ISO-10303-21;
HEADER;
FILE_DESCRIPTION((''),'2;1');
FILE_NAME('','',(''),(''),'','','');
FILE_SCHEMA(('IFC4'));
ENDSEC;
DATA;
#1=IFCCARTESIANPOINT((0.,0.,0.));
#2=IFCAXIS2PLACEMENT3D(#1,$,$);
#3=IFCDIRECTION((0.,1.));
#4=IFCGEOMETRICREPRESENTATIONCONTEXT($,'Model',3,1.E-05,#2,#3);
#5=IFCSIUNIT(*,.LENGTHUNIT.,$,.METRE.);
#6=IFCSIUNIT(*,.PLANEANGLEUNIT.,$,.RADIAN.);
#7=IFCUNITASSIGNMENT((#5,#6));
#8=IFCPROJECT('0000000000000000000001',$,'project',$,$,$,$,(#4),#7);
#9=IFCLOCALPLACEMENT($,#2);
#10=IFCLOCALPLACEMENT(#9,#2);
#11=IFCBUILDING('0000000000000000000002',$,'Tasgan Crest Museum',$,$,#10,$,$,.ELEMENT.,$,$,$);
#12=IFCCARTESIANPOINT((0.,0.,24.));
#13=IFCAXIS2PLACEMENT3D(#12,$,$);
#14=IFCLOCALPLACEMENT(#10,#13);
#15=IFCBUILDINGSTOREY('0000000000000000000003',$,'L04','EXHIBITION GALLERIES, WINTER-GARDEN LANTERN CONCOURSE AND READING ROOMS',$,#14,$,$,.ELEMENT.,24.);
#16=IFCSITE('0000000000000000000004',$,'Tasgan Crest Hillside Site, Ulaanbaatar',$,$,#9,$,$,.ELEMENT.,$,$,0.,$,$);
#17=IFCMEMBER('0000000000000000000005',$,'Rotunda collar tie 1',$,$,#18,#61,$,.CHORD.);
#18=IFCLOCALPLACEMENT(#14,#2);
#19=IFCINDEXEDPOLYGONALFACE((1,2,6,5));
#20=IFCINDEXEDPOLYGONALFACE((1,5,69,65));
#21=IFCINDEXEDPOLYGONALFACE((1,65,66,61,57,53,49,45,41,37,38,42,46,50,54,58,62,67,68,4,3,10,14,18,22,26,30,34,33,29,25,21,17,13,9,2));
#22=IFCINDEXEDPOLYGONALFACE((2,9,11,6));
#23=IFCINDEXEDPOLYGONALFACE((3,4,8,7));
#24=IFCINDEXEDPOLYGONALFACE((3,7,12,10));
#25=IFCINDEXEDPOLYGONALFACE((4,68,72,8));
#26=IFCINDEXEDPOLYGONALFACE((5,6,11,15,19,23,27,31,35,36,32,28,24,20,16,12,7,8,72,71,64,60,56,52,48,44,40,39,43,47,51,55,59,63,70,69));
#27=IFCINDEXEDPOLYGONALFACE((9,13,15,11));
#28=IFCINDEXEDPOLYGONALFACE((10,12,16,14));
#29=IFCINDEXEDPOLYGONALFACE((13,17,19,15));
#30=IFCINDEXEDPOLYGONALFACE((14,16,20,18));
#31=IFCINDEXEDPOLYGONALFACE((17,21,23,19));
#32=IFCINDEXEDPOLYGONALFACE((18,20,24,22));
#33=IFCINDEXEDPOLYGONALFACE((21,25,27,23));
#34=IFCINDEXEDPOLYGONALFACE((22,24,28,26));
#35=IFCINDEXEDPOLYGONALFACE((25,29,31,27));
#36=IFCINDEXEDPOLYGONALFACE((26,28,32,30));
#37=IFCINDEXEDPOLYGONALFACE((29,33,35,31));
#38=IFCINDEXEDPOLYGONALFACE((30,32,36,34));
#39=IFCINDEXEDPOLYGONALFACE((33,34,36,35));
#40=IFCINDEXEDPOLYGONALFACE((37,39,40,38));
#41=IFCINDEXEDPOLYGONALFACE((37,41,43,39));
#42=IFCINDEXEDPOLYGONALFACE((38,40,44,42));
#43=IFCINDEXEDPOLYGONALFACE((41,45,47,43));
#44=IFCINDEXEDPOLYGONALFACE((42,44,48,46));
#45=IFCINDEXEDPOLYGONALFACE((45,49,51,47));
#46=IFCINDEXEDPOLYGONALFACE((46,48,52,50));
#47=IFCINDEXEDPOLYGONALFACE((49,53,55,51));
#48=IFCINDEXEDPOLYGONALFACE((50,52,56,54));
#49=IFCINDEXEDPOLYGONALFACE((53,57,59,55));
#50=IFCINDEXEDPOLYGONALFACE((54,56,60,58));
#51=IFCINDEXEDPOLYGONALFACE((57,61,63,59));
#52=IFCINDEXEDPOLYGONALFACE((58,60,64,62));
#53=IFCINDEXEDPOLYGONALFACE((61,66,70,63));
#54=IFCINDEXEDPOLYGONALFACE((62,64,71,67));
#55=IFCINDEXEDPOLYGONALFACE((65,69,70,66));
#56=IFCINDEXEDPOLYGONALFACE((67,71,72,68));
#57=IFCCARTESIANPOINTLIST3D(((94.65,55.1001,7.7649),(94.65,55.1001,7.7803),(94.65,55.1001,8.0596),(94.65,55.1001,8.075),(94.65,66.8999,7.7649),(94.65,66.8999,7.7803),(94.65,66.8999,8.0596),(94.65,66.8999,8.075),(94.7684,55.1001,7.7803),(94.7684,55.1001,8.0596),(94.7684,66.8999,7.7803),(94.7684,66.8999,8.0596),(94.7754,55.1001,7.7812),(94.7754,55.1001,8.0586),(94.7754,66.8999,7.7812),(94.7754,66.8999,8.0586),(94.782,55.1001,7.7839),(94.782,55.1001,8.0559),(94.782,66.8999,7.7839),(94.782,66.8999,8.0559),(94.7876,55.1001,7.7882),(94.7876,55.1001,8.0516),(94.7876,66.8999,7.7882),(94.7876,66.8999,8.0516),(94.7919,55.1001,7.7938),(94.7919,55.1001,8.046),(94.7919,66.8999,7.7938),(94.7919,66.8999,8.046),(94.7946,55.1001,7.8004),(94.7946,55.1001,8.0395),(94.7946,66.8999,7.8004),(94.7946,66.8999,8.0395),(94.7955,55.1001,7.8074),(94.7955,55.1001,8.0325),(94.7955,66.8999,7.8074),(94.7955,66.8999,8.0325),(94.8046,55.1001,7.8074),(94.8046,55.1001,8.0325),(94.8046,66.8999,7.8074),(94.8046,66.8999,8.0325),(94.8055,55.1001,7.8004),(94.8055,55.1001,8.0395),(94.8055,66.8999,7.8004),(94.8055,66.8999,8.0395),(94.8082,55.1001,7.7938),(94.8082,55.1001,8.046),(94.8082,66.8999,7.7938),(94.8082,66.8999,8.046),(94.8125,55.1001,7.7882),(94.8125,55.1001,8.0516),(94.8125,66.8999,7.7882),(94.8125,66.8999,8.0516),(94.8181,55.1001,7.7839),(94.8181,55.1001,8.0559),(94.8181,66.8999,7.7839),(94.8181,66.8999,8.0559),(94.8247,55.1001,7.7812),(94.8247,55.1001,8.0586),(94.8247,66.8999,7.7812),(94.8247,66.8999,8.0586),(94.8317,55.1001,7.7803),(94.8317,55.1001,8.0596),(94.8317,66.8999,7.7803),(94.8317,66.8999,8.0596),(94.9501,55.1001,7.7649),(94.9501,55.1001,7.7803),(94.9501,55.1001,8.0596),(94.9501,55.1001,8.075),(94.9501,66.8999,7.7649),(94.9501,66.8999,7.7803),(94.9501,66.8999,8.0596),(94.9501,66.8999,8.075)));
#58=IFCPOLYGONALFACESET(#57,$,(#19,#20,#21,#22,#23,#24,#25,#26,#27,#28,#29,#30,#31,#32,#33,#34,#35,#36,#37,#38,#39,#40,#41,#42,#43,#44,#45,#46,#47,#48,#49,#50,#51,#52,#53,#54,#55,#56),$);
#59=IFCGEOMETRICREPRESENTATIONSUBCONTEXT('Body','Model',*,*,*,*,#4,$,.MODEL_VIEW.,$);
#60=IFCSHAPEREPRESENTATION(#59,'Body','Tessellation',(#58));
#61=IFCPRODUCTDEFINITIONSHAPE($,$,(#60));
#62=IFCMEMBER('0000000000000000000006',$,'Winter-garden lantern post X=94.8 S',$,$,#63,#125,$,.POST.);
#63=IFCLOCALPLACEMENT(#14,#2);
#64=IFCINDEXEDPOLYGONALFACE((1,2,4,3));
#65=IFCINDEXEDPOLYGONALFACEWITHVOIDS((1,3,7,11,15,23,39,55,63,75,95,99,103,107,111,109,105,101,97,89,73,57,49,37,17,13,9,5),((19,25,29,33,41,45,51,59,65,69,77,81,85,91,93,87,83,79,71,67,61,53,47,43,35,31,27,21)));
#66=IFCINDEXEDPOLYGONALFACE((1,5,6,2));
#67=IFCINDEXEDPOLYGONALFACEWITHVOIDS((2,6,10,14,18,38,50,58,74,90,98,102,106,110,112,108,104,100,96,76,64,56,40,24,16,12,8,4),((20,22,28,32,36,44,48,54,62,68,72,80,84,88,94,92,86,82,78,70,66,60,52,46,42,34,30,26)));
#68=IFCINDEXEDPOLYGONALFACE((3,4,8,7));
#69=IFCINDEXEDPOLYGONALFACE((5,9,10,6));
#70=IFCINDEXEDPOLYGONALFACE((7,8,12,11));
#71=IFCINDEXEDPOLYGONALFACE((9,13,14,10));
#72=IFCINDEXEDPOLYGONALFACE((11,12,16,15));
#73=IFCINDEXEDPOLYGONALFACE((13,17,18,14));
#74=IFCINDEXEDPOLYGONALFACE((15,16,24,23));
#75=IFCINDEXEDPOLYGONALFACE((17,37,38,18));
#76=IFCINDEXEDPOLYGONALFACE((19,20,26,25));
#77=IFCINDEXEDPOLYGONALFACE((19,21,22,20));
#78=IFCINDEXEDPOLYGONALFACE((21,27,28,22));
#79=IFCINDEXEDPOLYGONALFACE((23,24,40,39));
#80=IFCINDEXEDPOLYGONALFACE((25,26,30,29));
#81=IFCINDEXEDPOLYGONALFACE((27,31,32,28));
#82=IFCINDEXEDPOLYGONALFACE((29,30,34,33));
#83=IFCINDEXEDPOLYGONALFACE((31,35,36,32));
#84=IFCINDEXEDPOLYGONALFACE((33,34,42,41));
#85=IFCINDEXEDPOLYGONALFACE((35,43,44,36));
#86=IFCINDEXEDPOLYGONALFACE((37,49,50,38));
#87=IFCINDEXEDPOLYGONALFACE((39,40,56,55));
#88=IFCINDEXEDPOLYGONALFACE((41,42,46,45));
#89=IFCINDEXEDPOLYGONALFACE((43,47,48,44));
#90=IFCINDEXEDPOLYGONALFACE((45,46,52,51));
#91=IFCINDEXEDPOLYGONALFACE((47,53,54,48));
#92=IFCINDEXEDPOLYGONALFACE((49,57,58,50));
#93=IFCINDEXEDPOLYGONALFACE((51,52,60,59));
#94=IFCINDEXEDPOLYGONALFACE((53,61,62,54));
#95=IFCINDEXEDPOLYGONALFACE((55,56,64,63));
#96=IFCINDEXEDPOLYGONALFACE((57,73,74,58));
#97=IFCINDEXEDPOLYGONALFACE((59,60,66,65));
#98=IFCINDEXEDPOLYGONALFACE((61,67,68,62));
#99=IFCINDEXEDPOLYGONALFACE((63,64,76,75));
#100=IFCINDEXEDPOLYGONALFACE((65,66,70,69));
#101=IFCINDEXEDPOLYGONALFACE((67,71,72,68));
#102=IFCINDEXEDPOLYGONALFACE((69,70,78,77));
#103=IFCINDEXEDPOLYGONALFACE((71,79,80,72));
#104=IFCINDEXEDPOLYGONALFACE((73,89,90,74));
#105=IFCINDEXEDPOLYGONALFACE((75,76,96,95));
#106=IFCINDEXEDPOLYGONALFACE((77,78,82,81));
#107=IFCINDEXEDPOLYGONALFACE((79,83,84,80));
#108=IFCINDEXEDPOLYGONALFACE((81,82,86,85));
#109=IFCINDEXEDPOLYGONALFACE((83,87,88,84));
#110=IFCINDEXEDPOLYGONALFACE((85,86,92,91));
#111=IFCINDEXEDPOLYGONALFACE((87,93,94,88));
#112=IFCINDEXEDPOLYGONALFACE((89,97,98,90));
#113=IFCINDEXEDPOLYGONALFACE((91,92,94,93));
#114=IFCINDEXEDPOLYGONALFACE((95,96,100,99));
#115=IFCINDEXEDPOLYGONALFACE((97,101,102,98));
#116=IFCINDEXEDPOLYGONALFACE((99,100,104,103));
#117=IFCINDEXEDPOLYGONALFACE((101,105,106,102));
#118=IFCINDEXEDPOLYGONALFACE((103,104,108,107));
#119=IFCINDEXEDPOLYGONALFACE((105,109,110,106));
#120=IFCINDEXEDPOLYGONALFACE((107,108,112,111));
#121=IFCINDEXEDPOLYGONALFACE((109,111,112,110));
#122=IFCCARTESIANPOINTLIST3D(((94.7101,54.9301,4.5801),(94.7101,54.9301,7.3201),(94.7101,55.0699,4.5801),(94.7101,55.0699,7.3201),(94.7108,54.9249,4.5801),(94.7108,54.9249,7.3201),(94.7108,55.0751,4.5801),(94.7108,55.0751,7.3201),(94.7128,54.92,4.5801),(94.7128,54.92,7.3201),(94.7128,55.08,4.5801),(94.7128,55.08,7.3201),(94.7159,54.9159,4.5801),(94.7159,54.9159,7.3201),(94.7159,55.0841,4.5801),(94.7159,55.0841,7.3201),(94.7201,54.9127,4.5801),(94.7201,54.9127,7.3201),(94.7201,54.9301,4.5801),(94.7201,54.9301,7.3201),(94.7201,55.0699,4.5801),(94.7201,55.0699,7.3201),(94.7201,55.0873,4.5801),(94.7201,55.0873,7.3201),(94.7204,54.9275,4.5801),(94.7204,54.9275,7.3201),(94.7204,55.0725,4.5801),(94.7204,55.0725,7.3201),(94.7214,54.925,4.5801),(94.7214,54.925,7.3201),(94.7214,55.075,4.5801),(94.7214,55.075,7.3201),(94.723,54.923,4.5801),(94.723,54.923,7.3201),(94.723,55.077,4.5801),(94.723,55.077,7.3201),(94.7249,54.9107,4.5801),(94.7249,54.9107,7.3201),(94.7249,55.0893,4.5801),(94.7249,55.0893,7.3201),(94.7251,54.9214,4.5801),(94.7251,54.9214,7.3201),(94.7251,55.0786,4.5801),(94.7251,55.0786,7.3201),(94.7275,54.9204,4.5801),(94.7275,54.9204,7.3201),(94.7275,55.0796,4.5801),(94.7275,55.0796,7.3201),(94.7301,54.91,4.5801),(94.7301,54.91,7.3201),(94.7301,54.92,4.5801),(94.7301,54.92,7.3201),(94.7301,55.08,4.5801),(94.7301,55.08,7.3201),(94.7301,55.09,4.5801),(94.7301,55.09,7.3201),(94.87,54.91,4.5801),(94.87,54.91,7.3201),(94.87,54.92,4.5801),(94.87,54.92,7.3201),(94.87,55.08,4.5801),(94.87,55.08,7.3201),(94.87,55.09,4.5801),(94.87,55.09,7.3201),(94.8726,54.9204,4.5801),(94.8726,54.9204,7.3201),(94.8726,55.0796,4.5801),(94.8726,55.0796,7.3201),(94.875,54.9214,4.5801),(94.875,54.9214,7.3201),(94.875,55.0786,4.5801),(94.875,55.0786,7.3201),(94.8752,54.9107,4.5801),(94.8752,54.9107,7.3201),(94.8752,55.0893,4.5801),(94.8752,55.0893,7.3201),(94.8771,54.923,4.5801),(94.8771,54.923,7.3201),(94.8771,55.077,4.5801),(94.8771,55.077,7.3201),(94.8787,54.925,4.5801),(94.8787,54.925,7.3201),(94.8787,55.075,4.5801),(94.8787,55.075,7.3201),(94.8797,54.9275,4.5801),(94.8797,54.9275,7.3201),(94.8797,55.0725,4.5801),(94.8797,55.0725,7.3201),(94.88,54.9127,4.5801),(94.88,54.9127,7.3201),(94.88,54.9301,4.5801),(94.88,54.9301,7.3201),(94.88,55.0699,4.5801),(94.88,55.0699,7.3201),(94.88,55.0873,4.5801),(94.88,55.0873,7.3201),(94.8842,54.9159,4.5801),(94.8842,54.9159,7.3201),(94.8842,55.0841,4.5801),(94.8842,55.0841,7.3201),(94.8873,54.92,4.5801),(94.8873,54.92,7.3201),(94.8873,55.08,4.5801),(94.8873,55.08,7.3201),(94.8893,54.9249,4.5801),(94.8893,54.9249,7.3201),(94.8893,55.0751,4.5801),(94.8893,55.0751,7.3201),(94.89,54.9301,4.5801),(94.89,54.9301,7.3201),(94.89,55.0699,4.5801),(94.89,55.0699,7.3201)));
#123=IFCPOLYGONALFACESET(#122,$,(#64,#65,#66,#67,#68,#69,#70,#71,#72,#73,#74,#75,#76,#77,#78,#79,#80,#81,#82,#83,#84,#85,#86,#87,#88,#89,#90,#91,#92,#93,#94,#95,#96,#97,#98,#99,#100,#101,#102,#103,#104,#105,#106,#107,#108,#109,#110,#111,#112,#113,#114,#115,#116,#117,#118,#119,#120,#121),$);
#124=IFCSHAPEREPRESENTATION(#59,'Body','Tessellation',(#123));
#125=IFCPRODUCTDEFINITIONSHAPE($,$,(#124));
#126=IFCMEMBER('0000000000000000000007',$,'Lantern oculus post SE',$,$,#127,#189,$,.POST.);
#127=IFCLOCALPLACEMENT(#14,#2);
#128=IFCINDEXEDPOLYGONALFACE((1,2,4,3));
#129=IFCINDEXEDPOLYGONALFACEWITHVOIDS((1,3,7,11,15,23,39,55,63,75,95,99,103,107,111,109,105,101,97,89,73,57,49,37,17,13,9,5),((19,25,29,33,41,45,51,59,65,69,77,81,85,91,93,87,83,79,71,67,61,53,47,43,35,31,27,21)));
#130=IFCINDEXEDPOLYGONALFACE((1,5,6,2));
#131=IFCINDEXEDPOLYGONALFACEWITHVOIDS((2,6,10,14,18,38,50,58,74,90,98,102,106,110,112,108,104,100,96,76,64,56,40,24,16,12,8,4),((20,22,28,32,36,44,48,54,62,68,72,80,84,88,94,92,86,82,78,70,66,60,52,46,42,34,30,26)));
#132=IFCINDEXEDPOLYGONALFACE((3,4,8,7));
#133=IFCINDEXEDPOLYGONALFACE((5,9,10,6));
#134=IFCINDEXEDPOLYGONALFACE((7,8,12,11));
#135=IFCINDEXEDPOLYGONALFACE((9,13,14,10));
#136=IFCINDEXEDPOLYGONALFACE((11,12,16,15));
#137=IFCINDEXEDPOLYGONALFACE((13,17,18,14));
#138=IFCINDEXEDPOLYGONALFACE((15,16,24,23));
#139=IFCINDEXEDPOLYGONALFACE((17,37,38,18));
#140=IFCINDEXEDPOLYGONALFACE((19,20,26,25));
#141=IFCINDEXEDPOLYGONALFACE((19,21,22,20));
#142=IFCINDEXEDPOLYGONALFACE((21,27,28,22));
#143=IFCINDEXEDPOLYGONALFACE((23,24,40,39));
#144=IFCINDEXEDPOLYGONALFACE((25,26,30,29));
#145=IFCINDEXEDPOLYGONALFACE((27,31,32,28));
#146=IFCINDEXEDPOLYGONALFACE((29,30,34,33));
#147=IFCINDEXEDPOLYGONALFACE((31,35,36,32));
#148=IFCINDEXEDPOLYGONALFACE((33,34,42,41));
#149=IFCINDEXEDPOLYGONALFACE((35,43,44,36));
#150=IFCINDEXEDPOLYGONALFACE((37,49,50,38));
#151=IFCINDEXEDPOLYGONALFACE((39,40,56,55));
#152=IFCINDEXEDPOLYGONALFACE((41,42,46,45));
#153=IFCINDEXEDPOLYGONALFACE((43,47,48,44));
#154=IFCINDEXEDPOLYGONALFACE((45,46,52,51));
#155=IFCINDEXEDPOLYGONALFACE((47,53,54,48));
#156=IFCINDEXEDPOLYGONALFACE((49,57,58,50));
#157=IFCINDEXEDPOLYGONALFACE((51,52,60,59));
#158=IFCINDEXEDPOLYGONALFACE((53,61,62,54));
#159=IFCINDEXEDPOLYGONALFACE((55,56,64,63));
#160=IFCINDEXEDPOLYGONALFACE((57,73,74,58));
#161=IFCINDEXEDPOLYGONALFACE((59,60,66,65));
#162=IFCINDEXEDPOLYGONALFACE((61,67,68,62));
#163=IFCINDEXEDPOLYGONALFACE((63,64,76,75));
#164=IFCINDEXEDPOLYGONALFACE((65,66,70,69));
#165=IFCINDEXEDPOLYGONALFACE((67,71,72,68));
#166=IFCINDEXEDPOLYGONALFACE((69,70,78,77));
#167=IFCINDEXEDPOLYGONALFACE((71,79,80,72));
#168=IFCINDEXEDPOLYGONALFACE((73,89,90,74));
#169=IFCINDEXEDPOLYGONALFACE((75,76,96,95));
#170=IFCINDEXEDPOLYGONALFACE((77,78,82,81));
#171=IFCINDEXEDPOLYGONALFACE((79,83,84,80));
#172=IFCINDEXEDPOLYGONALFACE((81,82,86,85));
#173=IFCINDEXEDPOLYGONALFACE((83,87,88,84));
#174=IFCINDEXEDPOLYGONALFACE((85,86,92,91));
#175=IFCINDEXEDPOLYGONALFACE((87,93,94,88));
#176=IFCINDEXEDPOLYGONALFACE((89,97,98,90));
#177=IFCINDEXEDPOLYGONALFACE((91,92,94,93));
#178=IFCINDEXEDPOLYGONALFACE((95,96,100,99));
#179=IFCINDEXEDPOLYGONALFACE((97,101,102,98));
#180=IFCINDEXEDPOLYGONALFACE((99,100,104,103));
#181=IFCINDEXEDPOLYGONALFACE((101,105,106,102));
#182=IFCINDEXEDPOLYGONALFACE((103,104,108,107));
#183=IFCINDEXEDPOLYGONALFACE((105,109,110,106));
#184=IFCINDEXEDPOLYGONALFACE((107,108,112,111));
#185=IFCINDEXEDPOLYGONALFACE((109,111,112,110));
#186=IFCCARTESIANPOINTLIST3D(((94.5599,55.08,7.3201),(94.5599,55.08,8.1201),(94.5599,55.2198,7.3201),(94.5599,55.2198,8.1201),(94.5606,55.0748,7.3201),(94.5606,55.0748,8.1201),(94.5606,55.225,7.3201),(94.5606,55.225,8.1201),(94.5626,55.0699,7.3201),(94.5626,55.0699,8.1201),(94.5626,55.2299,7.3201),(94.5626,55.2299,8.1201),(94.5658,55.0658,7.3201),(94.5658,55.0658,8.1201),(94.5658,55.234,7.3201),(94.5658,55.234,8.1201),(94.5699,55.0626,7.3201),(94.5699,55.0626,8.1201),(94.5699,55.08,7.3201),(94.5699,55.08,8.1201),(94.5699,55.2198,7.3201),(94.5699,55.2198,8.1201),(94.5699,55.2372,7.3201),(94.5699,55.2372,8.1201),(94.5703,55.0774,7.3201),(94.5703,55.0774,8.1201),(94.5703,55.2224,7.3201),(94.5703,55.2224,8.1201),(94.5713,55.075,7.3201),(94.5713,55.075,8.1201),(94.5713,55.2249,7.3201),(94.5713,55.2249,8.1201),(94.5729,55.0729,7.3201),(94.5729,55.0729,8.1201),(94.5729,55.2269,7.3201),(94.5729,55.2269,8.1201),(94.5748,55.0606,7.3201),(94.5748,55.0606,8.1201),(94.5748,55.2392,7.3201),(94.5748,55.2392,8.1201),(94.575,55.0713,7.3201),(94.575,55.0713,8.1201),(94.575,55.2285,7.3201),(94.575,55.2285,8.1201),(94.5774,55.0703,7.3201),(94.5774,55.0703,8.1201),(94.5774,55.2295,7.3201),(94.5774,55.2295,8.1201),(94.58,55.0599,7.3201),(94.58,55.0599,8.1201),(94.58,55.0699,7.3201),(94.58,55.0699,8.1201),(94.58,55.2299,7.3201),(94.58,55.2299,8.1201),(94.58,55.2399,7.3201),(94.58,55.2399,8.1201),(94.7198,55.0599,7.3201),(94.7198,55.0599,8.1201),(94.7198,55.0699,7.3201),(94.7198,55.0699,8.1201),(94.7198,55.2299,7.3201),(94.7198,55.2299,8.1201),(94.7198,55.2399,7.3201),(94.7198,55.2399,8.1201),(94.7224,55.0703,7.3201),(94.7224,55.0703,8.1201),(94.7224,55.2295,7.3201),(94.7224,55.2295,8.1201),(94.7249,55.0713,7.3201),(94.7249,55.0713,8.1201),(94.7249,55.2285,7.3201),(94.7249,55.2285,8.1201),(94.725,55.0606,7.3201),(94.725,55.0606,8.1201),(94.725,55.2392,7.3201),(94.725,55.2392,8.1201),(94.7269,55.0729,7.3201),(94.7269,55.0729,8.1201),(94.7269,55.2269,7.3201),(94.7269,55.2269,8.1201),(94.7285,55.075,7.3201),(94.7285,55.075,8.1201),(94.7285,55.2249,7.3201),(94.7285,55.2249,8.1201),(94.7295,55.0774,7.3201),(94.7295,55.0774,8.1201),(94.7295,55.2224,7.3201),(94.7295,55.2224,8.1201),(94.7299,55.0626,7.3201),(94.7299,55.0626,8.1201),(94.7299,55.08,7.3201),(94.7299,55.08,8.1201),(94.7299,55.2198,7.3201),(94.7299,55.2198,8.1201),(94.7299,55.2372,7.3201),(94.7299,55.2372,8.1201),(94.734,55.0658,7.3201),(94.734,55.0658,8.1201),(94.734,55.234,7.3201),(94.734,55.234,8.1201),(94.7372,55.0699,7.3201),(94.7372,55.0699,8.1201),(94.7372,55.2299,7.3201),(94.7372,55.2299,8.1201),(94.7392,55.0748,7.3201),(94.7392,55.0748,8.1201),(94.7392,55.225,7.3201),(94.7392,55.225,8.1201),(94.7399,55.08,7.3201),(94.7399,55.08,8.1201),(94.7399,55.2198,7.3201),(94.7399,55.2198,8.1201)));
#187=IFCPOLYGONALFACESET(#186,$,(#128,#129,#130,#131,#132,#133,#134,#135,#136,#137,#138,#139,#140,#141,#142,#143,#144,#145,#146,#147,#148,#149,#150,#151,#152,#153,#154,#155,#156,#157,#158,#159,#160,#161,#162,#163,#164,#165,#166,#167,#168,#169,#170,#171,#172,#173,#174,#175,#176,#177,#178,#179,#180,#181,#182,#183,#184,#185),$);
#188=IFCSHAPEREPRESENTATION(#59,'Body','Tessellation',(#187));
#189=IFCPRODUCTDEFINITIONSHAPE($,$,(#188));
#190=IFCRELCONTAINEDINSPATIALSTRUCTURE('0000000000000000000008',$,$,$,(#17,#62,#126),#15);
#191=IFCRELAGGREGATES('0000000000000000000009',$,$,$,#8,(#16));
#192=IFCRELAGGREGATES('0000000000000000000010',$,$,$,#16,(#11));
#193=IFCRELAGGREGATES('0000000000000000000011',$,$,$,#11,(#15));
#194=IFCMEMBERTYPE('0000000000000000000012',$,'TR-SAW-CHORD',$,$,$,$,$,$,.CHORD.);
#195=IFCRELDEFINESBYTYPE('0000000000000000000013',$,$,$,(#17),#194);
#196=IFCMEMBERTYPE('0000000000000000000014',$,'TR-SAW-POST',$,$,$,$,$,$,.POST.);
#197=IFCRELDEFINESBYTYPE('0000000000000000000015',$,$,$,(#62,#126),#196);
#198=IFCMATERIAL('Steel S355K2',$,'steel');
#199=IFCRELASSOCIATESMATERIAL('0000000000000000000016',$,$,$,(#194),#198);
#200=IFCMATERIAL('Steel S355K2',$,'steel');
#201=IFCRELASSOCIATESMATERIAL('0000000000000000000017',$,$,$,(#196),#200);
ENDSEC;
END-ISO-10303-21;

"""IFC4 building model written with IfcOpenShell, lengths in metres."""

from ifc_helpers import new_model, si_unit, direction, frame, origin, origin_2d, place, context, subcontext, project, spatial, hollow_rectangle, i_section, extrude, material, material_profile, profile_set, type_object, element, save


model = new_model("IFC4")

# Units and contexts
model_context = context("Model", 3, precision=1e-05, world=origin(), true_north=direction((0.0, 1.0)))
body_context = subcontext(model_context, "Body", "Model", "MODEL_VIEW")
ifc_project = project(units=[si_unit("LENGTHUNIT", "METRE"), si_unit("PLANEANGLEUNIT", "RADIAN")], contexts=[model_context])

# Site, building, storey
site_placement = place(None, origin())
site = spatial("IfcSite", under=ifc_project, at=site_placement, Name="Tasgan Crest Hillside Site, Ulaanbaatar", CompositionType="ELEMENT", RefElevation=0.0)
building_placement = place(site_placement, origin())
building = spatial("IfcBuilding", under=site, at=building_placement, Name="Tasgan Crest Museum", CompositionType="ELEMENT")
storey_placement = place(building_placement, frame((0.0, 0.0, 24.0)))
storey = spatial("IfcBuildingStorey", under=building, at=storey_placement, Name="L04", Description="EXHIBITION GALLERIES, WINTER-GARDEN LANTERN CONCOURSE AND READING ROOMS", CompositionType="ELEMENT", Elevation=24.0)

# Members
ifc_material_1 = material(Name="Steel S355K2", Category="steel")
ifc_material_profile_1 = material_profile(ifc_material_1, i_section(OverallWidth=0.3, OverallDepth=0.3101, WebThickness=0.009, FlangeThickness=0.0154, FilletRadius=0.0271, at=origin_2d()), Name="HEA 320")
ifc_profile_set_1 = profile_set([ifc_material_profile_1], Name="Steel S355K2")
member_type_1 = type_object("IfcMemberType", Name="TR-SAW-CHORD", PredefinedType="CHORD", material=ifc_profile_set_1)
member_1_placement = place(storey_placement, frame((94.8, 55.1001, 7.9199), z_axis=(0.0, 1.0, 0.0), x_axis=(-1.0, 0.0, 0.0)))
element("IfcMember", 1, at=member_1_placement, inside=storey, type_object=member_type_1, Name="Rotunda collar tie 1", PredefinedType="CHORD", context=body_context, shape_type="SweptSolid", body=[
    extrude(i_section(OverallWidth=0.3, OverallDepth=0.3101, WebThickness=0.009, FlangeThickness=0.0154, FilletRadius=0.0271, at=origin_2d()), origin(), (0.0, 0.0, 1.0), 11.7998),
])
ifc_material_2 = material(Name="Steel S355K2", Category="steel")
ifc_material_profile_2 = material_profile(ifc_material_2, hollow_rectangle(XDim=0.1799, YDim=0.1799, WallThickness=0.01, InnerFilletRadius=0.01, OuterFilletRadius=0.02, at=origin_2d()), Name="SHS 180x180x10")
ifc_profile_set_2 = profile_set([ifc_material_profile_2], Name="Steel S355K2")
member_type_2 = type_object("IfcMemberType", Name="TR-SAW-POST", PredefinedType="POST", material=ifc_profile_set_2)
member_2_placement = place(storey_placement, frame((94.8, 55.0, 4.5801), z_axis=(0.0, 0.0, 1.0), x_axis=(1.0, 0.0, 0.0)))
element("IfcMember", 2, at=member_2_placement, inside=storey, type_object=member_type_2, Name="Winter-garden lantern post X=94.8 S", PredefinedType="POST", context=body_context, shape_type="SweptSolid", body=[
    extrude(hollow_rectangle(XDim=0.1799, YDim=0.1799, WallThickness=0.01, InnerFilletRadius=0.01, OuterFilletRadius=0.02, at=origin_2d()), origin(), (0.0, 0.0, 1.0), 2.74),
])
member_3_placement = place(storey_placement, frame((94.6499, 55.1499, 7.3201), z_axis=(0.0, 0.0, 1.0), x_axis=(1.0, 0.0, 0.0)))
element("IfcMember", 3, at=member_3_placement, inside=storey, type_object=member_type_2, Name="Lantern oculus post SE", PredefinedType="POST", context=body_context, shape_type="SweptSolid", body=[
    extrude(hollow_rectangle(XDim=0.1799, YDim=0.1799, WallThickness=0.01, InnerFilletRadius=0.01, OuterFilletRadius=0.02, at=origin_2d()), origin(), (0.0, 0.0, 1.0), 0.8),
])

save(model, "model.ifc")
